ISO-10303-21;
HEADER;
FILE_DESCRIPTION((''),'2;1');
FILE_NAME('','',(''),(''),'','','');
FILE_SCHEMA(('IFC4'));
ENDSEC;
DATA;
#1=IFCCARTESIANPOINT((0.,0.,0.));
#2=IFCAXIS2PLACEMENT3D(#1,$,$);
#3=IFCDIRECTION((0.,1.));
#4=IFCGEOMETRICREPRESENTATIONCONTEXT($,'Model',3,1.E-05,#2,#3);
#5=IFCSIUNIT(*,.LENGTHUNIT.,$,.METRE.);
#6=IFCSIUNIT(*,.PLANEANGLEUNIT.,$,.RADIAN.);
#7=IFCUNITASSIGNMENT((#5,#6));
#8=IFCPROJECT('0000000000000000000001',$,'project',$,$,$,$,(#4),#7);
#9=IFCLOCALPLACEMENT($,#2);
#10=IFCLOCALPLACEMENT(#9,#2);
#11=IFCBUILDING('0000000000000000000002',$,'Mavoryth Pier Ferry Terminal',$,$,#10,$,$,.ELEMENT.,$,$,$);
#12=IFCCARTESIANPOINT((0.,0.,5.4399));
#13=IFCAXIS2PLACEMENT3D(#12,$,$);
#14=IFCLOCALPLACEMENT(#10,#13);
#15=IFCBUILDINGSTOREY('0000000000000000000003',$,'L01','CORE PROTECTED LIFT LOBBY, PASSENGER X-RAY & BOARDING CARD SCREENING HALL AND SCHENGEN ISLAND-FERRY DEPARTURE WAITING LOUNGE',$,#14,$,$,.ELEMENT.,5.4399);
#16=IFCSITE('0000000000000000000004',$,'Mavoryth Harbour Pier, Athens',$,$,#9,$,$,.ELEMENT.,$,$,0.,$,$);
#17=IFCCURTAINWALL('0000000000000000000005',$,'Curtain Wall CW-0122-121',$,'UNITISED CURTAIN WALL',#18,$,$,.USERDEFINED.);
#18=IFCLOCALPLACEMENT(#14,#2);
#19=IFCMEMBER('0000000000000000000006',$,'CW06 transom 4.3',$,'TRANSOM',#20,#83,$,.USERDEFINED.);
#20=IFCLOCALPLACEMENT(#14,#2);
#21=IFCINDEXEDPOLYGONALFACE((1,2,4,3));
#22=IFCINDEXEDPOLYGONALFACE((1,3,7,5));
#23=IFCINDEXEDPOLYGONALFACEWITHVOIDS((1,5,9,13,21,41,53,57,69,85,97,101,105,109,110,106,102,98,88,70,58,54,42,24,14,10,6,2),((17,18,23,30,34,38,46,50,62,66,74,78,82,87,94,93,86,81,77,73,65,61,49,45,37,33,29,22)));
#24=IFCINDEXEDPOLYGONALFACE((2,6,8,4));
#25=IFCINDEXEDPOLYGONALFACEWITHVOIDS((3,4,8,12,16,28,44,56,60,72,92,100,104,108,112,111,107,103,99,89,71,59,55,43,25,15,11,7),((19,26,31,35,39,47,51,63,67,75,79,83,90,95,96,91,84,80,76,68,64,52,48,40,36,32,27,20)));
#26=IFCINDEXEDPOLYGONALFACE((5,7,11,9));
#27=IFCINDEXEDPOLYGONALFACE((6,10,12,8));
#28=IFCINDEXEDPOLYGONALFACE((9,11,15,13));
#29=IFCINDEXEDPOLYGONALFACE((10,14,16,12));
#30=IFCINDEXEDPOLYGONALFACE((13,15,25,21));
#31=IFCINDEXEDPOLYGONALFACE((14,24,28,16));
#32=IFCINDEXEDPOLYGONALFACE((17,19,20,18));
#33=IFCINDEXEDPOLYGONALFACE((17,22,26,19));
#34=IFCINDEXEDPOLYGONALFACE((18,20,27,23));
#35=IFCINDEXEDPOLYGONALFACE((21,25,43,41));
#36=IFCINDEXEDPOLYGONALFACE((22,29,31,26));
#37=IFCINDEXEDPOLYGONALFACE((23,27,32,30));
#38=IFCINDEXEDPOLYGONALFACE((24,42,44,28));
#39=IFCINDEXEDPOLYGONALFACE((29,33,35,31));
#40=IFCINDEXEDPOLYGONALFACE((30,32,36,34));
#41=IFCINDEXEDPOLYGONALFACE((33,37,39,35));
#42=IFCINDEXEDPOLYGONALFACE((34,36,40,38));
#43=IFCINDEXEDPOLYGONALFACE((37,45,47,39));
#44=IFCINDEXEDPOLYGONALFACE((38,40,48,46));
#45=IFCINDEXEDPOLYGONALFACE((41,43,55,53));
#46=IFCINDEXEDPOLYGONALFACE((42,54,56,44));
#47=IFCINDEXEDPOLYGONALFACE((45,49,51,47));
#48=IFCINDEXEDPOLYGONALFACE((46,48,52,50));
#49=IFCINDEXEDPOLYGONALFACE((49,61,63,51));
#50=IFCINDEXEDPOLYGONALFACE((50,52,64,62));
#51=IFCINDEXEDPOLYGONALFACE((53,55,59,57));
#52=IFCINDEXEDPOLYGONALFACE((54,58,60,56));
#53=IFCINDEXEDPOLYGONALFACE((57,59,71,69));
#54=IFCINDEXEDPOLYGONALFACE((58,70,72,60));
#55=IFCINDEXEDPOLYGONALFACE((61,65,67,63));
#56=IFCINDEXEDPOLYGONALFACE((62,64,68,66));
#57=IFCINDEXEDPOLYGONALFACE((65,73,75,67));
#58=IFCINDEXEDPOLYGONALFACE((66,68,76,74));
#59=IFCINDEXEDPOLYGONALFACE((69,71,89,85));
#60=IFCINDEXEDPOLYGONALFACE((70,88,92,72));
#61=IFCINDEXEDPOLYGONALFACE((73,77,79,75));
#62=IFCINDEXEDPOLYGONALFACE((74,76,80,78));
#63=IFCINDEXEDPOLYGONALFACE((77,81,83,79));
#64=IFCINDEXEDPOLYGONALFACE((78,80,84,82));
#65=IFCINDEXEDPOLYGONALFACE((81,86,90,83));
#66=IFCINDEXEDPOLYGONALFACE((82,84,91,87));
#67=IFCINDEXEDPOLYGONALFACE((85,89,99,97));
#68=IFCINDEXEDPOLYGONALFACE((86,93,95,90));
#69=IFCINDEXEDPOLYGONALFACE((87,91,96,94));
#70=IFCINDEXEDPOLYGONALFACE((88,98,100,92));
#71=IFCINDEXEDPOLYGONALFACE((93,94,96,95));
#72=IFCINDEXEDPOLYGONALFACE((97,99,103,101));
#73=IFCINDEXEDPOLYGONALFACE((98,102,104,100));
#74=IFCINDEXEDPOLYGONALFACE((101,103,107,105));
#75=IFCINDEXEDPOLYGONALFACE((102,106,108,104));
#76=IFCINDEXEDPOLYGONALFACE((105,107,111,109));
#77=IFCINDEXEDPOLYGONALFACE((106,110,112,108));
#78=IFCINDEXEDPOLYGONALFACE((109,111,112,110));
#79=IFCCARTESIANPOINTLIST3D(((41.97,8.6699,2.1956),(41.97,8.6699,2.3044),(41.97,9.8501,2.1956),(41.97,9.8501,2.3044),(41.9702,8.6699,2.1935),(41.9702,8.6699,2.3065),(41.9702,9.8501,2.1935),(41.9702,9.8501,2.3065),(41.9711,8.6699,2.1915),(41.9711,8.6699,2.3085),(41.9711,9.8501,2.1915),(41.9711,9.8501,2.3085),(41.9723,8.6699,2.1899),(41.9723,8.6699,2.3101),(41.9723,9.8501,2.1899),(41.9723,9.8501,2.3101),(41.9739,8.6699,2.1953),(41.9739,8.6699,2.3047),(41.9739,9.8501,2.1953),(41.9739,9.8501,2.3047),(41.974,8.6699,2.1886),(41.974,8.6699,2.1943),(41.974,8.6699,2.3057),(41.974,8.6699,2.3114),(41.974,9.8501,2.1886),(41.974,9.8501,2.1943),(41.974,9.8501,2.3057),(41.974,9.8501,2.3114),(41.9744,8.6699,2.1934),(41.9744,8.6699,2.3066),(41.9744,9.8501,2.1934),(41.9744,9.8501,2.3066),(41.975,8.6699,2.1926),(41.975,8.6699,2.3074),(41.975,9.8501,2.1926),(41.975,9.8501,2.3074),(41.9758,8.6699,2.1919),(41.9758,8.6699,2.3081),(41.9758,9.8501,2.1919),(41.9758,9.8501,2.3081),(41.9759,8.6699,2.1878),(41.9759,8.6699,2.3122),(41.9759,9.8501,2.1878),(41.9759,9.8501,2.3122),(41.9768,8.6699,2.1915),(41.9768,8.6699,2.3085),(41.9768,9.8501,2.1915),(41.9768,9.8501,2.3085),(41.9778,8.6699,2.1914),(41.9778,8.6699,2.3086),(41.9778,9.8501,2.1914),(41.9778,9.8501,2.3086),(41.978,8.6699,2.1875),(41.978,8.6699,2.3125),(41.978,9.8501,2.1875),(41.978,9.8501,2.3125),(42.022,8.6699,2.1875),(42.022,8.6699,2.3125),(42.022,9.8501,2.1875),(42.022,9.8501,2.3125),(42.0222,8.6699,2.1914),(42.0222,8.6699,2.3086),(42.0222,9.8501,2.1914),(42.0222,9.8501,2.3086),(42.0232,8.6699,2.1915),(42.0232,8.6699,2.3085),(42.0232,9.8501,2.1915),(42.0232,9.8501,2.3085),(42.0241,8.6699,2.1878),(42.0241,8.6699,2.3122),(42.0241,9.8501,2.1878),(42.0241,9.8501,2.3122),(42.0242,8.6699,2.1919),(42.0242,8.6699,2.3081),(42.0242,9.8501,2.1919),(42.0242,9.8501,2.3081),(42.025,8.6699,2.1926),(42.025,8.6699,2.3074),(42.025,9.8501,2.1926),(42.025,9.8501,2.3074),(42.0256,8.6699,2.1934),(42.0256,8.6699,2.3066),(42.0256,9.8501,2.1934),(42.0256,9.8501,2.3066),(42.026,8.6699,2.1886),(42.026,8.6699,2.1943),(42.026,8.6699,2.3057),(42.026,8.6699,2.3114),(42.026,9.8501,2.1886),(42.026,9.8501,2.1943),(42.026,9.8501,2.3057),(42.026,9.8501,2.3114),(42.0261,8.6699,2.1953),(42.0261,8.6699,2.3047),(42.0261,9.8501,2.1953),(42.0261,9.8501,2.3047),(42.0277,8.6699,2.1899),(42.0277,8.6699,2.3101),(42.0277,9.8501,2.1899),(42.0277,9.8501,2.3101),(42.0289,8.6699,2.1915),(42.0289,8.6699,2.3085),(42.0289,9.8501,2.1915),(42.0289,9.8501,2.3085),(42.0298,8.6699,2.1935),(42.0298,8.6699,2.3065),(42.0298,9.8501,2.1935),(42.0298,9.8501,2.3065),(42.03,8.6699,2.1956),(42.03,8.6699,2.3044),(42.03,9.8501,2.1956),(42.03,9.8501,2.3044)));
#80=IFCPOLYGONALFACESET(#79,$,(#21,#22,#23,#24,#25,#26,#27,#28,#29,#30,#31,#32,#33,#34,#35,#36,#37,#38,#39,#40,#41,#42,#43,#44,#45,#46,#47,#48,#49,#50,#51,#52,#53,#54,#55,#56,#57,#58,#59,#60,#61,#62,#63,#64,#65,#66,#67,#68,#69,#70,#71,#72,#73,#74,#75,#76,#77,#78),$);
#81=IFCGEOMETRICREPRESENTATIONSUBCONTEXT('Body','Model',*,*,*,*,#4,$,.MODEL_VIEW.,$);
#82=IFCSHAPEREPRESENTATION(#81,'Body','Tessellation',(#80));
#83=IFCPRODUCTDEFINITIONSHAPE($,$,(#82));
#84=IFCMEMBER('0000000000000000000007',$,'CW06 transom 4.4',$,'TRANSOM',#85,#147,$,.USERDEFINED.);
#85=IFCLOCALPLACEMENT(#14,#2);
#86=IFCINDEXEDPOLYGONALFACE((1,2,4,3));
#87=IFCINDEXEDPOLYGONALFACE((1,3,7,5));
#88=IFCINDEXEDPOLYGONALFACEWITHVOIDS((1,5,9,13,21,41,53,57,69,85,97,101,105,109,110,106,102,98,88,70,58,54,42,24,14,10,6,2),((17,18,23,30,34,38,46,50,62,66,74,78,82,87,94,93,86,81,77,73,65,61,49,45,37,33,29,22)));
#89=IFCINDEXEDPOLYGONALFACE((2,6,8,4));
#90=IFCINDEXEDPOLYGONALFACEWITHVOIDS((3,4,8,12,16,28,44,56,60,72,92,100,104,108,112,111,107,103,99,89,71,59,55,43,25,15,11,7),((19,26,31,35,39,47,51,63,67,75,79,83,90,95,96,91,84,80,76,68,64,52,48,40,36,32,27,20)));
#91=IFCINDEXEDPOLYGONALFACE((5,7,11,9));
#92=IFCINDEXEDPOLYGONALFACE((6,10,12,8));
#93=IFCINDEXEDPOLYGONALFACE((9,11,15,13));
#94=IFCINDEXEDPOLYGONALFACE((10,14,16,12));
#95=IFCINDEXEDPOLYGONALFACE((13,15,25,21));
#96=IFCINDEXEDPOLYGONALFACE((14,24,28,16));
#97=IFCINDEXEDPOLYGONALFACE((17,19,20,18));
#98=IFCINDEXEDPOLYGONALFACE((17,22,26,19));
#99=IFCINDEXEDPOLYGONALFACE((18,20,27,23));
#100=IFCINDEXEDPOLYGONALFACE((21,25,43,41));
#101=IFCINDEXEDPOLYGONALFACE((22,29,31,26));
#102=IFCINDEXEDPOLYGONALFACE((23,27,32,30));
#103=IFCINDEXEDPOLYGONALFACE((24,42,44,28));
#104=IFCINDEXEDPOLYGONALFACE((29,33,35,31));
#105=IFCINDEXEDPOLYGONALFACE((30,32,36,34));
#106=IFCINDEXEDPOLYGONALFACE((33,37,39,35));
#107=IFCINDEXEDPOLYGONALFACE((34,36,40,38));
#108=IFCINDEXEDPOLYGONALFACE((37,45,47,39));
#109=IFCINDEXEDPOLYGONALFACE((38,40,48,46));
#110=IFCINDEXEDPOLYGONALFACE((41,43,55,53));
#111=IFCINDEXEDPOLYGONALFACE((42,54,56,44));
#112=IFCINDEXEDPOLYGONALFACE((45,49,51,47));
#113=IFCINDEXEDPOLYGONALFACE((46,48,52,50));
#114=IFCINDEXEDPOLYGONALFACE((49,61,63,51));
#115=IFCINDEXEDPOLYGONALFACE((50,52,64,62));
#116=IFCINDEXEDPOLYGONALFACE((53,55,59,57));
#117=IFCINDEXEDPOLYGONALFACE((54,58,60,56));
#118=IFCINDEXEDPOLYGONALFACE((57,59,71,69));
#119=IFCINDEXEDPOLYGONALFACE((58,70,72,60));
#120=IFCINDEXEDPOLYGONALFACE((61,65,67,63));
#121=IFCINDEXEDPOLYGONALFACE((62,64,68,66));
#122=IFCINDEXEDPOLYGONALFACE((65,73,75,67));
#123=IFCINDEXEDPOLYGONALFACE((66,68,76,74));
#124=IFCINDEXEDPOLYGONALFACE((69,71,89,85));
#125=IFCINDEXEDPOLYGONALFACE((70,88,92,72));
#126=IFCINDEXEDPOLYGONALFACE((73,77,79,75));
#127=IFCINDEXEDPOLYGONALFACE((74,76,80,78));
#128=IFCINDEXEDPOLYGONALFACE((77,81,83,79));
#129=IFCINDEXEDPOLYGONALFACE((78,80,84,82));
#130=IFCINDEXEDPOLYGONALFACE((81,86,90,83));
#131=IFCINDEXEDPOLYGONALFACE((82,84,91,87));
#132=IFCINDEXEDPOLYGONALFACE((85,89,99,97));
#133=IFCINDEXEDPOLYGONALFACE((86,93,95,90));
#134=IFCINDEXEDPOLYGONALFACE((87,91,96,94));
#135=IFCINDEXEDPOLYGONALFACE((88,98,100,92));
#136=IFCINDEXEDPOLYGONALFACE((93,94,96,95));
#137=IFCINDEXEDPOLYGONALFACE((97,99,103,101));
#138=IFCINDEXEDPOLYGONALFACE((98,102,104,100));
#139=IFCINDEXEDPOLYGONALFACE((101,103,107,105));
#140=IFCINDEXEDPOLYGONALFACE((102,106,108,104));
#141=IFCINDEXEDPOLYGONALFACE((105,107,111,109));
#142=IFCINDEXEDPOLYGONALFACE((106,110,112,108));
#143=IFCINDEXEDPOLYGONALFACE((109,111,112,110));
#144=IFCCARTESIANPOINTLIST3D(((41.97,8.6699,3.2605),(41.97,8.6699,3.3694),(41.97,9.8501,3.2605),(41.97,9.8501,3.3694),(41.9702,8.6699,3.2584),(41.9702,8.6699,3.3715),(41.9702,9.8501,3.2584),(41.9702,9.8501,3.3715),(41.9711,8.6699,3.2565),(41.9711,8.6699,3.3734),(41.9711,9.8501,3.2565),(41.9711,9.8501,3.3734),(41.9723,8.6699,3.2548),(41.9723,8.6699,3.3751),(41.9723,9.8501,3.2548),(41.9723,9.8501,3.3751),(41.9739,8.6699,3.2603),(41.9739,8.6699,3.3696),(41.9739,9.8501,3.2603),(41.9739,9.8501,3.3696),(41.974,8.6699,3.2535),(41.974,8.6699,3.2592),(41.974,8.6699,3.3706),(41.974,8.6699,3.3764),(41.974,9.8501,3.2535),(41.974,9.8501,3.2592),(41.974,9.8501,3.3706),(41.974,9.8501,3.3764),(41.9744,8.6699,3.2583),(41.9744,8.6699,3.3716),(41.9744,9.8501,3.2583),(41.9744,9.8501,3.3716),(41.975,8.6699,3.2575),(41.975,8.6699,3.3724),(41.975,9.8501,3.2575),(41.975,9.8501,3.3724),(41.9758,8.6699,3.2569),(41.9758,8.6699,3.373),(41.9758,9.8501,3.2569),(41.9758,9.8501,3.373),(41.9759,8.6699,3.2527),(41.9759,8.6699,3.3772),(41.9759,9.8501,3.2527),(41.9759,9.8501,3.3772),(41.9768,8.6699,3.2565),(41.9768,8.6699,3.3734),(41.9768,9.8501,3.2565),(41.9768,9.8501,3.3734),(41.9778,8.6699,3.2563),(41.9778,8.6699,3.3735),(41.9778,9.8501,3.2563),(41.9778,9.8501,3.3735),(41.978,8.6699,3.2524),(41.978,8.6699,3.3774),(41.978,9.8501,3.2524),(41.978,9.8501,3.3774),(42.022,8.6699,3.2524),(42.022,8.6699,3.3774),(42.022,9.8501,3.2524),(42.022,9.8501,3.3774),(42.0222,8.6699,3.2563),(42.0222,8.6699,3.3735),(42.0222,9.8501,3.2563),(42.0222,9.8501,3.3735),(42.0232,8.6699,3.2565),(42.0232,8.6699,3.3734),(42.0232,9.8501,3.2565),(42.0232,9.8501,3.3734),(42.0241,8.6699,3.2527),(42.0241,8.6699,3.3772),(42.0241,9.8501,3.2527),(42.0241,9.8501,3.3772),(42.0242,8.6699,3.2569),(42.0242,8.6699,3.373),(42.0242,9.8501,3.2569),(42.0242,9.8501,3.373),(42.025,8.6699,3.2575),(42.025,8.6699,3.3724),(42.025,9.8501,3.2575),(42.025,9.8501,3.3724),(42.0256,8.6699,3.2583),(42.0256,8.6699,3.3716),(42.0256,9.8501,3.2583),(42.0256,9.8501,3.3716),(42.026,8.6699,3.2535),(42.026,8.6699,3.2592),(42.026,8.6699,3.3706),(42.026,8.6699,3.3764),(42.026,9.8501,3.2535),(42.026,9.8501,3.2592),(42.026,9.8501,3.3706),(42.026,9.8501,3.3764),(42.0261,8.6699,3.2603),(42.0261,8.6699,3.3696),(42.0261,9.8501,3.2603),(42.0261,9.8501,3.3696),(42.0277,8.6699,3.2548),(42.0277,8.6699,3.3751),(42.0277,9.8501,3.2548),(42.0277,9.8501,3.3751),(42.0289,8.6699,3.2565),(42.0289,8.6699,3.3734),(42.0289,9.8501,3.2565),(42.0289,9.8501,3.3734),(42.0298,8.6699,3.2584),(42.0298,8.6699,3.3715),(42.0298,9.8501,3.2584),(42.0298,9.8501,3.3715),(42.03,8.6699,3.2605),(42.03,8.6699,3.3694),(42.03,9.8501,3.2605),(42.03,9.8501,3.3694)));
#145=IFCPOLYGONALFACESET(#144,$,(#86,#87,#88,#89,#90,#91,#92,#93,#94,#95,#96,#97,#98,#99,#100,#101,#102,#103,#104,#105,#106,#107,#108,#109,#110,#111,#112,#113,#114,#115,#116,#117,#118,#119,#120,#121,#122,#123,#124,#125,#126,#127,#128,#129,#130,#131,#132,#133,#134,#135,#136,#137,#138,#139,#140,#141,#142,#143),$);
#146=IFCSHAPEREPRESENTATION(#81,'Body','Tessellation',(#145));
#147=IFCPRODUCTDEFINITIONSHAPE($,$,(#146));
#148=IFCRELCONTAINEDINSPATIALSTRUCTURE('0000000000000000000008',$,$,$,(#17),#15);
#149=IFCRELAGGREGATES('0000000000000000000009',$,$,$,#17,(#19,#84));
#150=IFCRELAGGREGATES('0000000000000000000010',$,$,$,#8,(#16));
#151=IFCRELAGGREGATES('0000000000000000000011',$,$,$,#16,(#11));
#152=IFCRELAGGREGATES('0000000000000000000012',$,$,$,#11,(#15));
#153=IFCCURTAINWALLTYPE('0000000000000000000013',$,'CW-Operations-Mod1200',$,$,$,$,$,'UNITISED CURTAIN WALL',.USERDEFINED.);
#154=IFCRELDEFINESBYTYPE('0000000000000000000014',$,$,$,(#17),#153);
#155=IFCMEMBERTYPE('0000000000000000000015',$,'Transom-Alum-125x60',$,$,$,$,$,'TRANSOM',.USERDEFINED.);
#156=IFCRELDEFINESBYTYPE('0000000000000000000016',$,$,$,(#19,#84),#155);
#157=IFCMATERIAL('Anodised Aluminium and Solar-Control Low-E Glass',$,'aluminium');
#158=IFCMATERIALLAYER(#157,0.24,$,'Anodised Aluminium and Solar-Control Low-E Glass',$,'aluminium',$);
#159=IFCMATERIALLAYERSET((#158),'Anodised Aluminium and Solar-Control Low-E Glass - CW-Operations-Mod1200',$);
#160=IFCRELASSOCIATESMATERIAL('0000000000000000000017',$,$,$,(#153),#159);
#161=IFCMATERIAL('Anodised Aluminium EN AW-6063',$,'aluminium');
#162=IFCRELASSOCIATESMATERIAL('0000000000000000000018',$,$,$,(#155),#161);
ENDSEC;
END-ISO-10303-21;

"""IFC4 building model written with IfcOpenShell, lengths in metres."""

from ifc_helpers import new_model, si_unit, direction, frame, origin, origin_2d, place, context, subcontext, project, spatial, hollow_rectangle, extrude, material, layer, layer_set, material_profile, profile_set, type_object, element, aggregate, save


model = new_model("IFC4")

# Units and contexts
model_context = context("Model", 3, precision=1e-05, world=origin(), true_north=direction((0.0, 1.0)))
body_context = subcontext(model_context, "Body", "Model", "MODEL_VIEW")
ifc_project = project(units=[si_unit("LENGTHUNIT", "METRE"), si_unit("PLANEANGLEUNIT", "RADIAN")], contexts=[model_context])

# Site, building, storey
site_placement = place(None, origin())
site = spatial("IfcSite", under=ifc_project, at=site_placement, Name="Mavoryth Harbour Pier, Athens", CompositionType="ELEMENT", RefElevation=0.0)
building_placement = place(site_placement, origin())
building = spatial("IfcBuilding", under=site, at=building_placement, Name="Mavoryth Pier Ferry Terminal", CompositionType="ELEMENT")
storey_placement = place(building_placement, frame((0.0, 0.0, 5.4399)))
storey = spatial("IfcBuildingStorey", under=building, at=storey_placement, Name="L01", Description="CORE PROTECTED LIFT LOBBY, PASSENGER X-RAY & BOARDING CARD SCREENING HALL AND SCHENGEN ISLAND-FERRY DEPARTURE WAITING LOUNGE", CompositionType="ELEMENT", Elevation=5.4399)

# Curtain wall
ifc_material_1 = material(Name="Anodised Aluminium and Solar-Control Low-E Glass", Category="aluminium")
ifc_layer_1 = layer(ifc_material_1, 0.24, Name="Anodised Aluminium and Solar-Control Low-E Glass", Category="aluminium")
ifc_layer_set_1 = layer_set([ifc_layer_1], Name="Anodised Aluminium and Solar-Control Low-E Glass - CW-Operations-Mod1200")
curtain_wall_type = type_object("IfcCurtainWallType", Name="CW-Operations-Mod1200", ElementType="UNITISED CURTAIN WALL", PredefinedType="USERDEFINED", material=ifc_layer_set_1)
ifc_material_2 = material(Name="Anodised Aluminium EN AW-6063", Category="aluminium")
curtain_wall_1_placement = place(storey_placement, origin())
curtain_wall_1 = element("IfcCurtainWall", 1, at=curtain_wall_1_placement, inside=storey, type_object=curtain_wall_type, Name="Curtain Wall CW-0122-121", ObjectType="UNITISED CURTAIN WALL", PredefinedType="USERDEFINED")

# Members
ifc_material_profile_1 = material_profile(ifc_material_2, hollow_rectangle(XDim=0.0601, YDim=0.125, WallThickness=0.0039, InnerFilletRadius=0.0039, OuterFilletRadius=0.0081, at=origin_2d()), Name="AL-TRAN 125x60x4", Category="aluminium")
ifc_profile_set_1 = profile_set([ifc_material_profile_1], Name="Anodised Aluminium EN AW-6063 - AL-TRAN 125x60x4")
member_type_1 = type_object("IfcMemberType", Name="Transom-Alum-125x60", ElementType="TRANSOM", PredefinedType="USERDEFINED", material=ifc_profile_set_1)
member_1_placement = place(storey_placement, frame((42.0, 9.8501, 2.25), z_axis=(0.0, -1.0, 0.0), x_axis=(1.0, 0.0, 0.0)))
member_1 = element("IfcMember", 2, at=member_1_placement, type_object=member_type_1, Name="CW06 transom 4.3", ObjectType="TRANSOM", PredefinedType="USERDEFINED", context=body_context, shape_type="SweptSolid", body=[
    extrude(hollow_rectangle(XDim=0.0601, YDim=0.125, WallThickness=0.0039, InnerFilletRadius=0.0039, OuterFilletRadius=0.0081, at=origin_2d()), origin(), (0.0, 0.0, 1.0), 1.1802),
])
member_2_placement = place(storey_placement, frame((42.0, 9.8501, 3.3149), z_axis=(0.0, -1.0, 0.0), x_axis=(1.0, 0.0, 0.0)))
member_2 = element("IfcMember", 3, at=member_2_placement, type_object=member_type_1, Name="CW06 transom 4.4", ObjectType="TRANSOM", PredefinedType="USERDEFINED", context=body_context, shape_type="SweptSolid", body=[
    extrude(hollow_rectangle(XDim=0.0601, YDim=0.125, WallThickness=0.0039, InnerFilletRadius=0.0039, OuterFilletRadius=0.0081, at=origin_2d()), origin(), (0.0, 0.0, 1.0), 1.1802),
])

aggregate(curtain_wall_1, [member_1, member_2])

save(model, "model.ifc")
